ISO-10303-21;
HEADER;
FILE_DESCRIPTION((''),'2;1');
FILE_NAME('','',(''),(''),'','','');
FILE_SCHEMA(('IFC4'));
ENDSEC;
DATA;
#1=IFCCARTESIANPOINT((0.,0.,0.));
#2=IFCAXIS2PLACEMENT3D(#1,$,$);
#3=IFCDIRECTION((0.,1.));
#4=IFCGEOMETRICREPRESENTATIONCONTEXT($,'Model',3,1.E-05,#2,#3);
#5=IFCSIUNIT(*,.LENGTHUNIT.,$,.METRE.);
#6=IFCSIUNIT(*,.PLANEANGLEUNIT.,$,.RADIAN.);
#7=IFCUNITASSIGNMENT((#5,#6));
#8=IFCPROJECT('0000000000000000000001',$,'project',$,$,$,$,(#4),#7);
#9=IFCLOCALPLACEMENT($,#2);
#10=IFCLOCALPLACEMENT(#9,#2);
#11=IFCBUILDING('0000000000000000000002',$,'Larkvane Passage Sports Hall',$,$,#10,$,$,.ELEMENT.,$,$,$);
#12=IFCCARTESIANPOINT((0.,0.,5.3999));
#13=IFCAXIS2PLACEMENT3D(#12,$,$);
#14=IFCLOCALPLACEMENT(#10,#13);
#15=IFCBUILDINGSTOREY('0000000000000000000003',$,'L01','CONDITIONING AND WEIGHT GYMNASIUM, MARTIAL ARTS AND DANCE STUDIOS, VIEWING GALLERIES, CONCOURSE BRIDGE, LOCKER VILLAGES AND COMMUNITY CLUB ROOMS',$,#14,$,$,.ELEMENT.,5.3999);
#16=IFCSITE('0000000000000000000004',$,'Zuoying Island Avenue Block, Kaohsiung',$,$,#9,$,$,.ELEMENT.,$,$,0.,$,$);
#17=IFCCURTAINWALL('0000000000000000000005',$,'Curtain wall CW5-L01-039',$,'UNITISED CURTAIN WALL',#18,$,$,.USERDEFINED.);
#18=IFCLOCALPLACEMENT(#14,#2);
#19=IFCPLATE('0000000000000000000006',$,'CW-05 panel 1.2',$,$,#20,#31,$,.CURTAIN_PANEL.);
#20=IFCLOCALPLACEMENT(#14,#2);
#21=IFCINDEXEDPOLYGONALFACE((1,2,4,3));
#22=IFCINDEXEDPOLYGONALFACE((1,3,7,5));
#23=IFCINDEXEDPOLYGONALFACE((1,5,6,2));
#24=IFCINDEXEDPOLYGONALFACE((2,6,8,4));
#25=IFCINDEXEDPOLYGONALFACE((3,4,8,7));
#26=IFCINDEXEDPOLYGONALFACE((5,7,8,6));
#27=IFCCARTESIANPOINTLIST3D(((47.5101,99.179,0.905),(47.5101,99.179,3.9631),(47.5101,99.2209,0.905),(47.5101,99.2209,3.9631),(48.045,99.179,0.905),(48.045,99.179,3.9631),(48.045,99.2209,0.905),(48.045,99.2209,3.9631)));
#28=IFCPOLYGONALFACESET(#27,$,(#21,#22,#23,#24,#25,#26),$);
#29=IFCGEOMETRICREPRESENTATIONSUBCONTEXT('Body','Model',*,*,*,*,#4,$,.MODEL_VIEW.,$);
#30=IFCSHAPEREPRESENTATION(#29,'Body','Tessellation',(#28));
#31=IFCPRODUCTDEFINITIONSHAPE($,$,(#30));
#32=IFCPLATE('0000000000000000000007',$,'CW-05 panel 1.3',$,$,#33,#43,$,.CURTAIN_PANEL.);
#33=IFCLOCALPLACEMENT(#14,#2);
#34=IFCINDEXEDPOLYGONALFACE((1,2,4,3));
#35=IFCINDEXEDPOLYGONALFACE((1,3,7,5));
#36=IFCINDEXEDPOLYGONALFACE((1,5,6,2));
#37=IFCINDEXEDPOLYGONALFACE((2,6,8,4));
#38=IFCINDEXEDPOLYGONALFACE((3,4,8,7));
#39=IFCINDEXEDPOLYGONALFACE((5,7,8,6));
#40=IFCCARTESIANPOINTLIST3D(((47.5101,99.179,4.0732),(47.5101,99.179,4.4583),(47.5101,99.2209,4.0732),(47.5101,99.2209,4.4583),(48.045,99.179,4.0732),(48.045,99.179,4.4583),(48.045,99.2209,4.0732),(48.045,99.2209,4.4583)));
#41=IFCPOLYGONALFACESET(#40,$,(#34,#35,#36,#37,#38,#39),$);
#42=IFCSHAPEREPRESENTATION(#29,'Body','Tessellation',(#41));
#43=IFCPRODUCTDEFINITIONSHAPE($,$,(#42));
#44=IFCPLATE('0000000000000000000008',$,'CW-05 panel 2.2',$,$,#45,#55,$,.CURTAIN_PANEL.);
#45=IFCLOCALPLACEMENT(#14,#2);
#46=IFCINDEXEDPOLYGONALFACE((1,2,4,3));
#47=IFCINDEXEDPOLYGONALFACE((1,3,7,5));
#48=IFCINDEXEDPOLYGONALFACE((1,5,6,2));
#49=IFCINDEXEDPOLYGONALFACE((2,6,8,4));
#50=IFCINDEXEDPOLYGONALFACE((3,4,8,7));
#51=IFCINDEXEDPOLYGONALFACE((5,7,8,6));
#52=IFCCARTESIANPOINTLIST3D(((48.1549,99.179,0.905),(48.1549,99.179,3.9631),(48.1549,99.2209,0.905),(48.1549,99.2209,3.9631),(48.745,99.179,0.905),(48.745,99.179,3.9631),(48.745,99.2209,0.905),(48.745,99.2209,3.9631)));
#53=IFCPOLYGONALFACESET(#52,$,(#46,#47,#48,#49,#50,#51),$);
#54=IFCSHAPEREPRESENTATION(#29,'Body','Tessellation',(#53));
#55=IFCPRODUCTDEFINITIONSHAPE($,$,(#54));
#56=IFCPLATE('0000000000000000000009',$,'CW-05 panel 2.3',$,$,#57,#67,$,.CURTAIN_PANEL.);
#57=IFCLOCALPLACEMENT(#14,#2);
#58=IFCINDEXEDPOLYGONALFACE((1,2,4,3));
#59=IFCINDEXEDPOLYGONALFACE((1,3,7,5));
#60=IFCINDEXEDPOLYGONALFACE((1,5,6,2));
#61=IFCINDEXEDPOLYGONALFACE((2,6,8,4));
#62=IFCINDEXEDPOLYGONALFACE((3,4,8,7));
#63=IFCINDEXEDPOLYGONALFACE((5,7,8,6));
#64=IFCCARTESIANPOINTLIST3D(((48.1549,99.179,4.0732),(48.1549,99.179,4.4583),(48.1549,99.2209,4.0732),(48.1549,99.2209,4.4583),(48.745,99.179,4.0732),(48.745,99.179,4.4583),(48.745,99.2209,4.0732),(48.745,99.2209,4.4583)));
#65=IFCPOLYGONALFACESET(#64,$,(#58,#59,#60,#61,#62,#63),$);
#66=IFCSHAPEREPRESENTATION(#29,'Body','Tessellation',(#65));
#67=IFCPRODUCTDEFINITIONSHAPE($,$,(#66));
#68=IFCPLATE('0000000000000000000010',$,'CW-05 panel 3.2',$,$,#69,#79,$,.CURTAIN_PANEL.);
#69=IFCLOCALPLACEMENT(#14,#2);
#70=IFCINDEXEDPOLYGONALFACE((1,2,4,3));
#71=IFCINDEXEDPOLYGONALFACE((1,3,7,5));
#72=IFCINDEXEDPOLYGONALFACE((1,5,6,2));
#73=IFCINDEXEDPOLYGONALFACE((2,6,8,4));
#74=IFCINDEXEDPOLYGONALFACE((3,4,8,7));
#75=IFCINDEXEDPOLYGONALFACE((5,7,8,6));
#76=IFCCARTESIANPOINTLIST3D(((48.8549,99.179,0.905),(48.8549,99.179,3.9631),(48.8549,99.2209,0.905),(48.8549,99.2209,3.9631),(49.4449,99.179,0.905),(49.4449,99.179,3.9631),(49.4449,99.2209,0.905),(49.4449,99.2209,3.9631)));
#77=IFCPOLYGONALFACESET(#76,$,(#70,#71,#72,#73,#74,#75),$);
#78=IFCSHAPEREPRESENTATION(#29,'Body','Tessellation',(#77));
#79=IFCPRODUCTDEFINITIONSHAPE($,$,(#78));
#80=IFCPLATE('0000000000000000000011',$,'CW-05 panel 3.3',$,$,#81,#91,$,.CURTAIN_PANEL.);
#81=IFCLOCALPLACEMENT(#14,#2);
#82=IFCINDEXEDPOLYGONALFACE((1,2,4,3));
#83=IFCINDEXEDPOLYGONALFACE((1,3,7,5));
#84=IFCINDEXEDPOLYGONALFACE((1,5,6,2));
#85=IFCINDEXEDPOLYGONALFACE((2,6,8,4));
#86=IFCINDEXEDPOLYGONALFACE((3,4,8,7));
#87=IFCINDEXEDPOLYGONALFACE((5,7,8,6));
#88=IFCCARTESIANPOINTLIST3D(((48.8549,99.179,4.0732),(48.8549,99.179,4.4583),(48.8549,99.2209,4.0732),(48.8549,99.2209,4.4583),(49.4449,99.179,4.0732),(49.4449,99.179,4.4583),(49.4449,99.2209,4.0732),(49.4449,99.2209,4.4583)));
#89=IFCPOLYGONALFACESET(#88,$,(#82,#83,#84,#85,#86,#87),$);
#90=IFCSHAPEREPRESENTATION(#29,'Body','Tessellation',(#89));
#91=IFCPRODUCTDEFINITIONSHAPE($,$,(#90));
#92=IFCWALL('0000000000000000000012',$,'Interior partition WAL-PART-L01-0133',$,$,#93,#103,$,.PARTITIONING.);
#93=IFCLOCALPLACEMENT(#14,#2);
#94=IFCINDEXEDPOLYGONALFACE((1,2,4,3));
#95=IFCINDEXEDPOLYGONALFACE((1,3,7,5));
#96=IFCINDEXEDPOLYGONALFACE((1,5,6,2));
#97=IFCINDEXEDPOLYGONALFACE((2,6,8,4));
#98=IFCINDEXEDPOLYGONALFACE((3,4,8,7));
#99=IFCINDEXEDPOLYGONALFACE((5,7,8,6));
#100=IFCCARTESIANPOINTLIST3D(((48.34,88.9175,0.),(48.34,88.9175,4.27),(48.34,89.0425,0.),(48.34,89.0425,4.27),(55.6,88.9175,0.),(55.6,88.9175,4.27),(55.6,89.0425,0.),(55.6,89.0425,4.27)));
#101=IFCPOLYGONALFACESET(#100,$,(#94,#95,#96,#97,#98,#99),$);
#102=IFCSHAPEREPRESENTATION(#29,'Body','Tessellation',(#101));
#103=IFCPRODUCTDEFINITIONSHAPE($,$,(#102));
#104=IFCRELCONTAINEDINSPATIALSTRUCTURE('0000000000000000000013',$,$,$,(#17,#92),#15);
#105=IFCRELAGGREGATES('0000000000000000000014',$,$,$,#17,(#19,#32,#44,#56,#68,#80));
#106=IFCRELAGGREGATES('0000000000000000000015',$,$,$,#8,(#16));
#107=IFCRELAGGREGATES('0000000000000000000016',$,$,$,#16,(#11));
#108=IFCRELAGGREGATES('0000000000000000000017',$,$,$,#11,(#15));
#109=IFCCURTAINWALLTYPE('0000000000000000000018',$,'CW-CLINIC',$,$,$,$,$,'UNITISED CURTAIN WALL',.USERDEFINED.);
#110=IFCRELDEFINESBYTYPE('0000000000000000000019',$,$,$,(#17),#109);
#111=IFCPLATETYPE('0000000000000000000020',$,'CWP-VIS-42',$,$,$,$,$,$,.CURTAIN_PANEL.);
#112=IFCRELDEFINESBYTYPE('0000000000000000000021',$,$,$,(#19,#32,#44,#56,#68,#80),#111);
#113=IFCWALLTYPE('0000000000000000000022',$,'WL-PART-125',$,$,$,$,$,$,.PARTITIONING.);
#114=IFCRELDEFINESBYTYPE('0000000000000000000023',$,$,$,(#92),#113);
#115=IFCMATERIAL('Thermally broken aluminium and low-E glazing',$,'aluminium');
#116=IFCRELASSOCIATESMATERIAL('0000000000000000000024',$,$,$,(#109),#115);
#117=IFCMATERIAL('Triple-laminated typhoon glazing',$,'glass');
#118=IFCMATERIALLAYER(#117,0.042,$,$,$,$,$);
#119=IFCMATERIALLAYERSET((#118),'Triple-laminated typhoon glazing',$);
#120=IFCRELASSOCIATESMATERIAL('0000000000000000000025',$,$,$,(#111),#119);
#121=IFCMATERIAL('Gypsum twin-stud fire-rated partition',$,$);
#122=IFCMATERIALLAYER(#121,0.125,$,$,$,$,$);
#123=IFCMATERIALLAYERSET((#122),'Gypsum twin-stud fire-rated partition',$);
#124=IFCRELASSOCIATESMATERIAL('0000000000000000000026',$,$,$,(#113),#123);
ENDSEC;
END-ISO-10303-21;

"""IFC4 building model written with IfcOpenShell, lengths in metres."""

from ifc_helpers import new_model, si_unit, direction, frame, frame_2d, origin, origin_2d, place, context, subcontext, project, spatial, rectangle, extrude, material, layer, layer_set, type_object, element, aggregate, save


model = new_model("IFC4")

# Units and contexts
model_context = context("Model", 3, precision=1e-05, world=origin(), true_north=direction((0.0, 1.0)))
body_context = subcontext(model_context, "Body", "Model", "MODEL_VIEW")
ifc_project = project(units=[si_unit("LENGTHUNIT", "METRE"), si_unit("PLANEANGLEUNIT", "RADIAN")], contexts=[model_context])

# Site, building, storey
site_placement = place(None, origin())
site = spatial("IfcSite", under=ifc_project, at=site_placement, Name="Zuoying Island Avenue Block, Kaohsiung", CompositionType="ELEMENT", RefElevation=0.0)
building_placement = place(site_placement, origin())
building = spatial("IfcBuilding", under=site, at=building_placement, Name="Larkvane Passage Sports Hall", CompositionType="ELEMENT")
storey_placement = place(building_placement, frame((0.0, 0.0, 5.3999)))
storey = spatial("IfcBuildingStorey", under=building, at=storey_placement, Name="L01", Description="CONDITIONING AND WEIGHT GYMNASIUM, MARTIAL ARTS AND DANCE STUDIOS, VIEWING GALLERIES, CONCOURSE BRIDGE, LOCKER VILLAGES AND COMMUNITY CLUB ROOMS", CompositionType="ELEMENT", Elevation=5.3999)

# Curtain wall
ifc_material_1 = material(Name="Thermally broken aluminium and low-E glazing", Category="aluminium")
curtain_wall_type = type_object("IfcCurtainWallType", Name="CW-CLINIC", ElementType="UNITISED CURTAIN WALL", PredefinedType="USERDEFINED", material=ifc_material_1)
curtain_wall_placement = place(storey_placement, origin())
curtain_wall = element("IfcCurtainWall", 1, at=curtain_wall_placement, inside=storey, type_object=curtain_wall_type, Name="Curtain wall CW5-L01-039", ObjectType="UNITISED CURTAIN WALL", PredefinedType="USERDEFINED")

# Plates
ifc_material_2 = material(Name="Triple-laminated typhoon glazing", Category="glass")
ifc_layer_1 = layer(ifc_material_2, 0.042)
ifc_layer_set_1 = layer_set([ifc_layer_1], Name="Triple-laminated typhoon glazing")
plate_type_1 = type_object("IfcPlateType", Name="CWP-VIS-42", PredefinedType="CURTAIN_PANEL", material=ifc_layer_set_1)
plate_1_placement = place(storey_placement, frame((47.7776, 99.2, 0.905), z_axis=(0.0, 0.0, 1.0), x_axis=(1.0, 0.0, 0.0)))
plate_1 = element("IfcPlate", 2, at=plate_1_placement, type_object=plate_type_1, Name="CW-05 panel 1.2", PredefinedType="CURTAIN_PANEL", context=body_context, shape_type="SweptSolid", body=[
    extrude(rectangle(XDim=0.5349, YDim=0.042, at=origin_2d()), origin(), (0.0, 0.0, 1.0), 3.0581),
])
plate_2_placement = place(storey_placement, frame((47.7776, 99.2, 4.0732), z_axis=(0.0, 0.0, 1.0), x_axis=(1.0, 0.0, 0.0)))
plate_2 = element("IfcPlate", 3, at=plate_2_placement, type_object=plate_type_1, Name="CW-05 panel 1.3", PredefinedType="CURTAIN_PANEL", context=body_context, shape_type="SweptSolid", body=[
    extrude(rectangle(XDim=0.5349, YDim=0.042, at=origin_2d()), origin(), (0.0, 0.0, 1.0), 0.385),
])
plate_3_placement = place(storey_placement, frame((48.45, 99.2, 0.905), z_axis=(0.0, 0.0, 1.0), x_axis=(1.0, 0.0, 0.0)))
plate_3 = element("IfcPlate", 4, at=plate_3_placement, type_object=plate_type_1, Name="CW-05 panel 2.2", PredefinedType="CURTAIN_PANEL", context=body_context, shape_type="SweptSolid", body=[
    extrude(rectangle(XDim=0.5901, YDim=0.042, at=origin_2d()), origin(), (0.0, 0.0, 1.0), 3.0581),
])
plate_4_placement = place(storey_placement, frame((48.45, 99.2, 4.0732), z_axis=(0.0, 0.0, 1.0), x_axis=(1.0, 0.0, 0.0)))
plate_4 = element("IfcPlate", 5, at=plate_4_placement, type_object=plate_type_1, Name="CW-05 panel 2.3", PredefinedType="CURTAIN_PANEL", context=body_context, shape_type="SweptSolid", body=[
    extrude(rectangle(XDim=0.5901, YDim=0.042, at=origin_2d()), origin(), (0.0, 0.0, 1.0), 0.385),
])
plate_5_placement = place(storey_placement, frame((49.1499, 99.2, 0.905), z_axis=(0.0, 0.0, 1.0), x_axis=(1.0, 0.0, 0.0)))
plate_5 = element("IfcPlate", 6, at=plate_5_placement, type_object=plate_type_1, Name="CW-05 panel 3.2", PredefinedType="CURTAIN_PANEL", context=body_context, shape_type="SweptSolid", body=[
    extrude(rectangle(XDim=0.5901, YDim=0.042, at=origin_2d()), origin(), (0.0, 0.0, 1.0), 3.0581),
])
plate_6_placement = place(storey_placement, frame((49.1499, 99.2, 4.0732), z_axis=(0.0, 0.0, 1.0), x_axis=(1.0, 0.0, 0.0)))
plate_6 = element("IfcPlate", 7, at=plate_6_placement, type_object=plate_type_1, Name="CW-05 panel 3.3", PredefinedType="CURTAIN_PANEL", context=body_context, shape_type="SweptSolid", body=[
    extrude(rectangle(XDim=0.5901, YDim=0.042, at=origin_2d()), origin(), (0.0, 0.0, 1.0), 0.385),
])
aggregate(curtain_wall, [plate_1, plate_2, plate_3, plate_4, plate_5, plate_6])

# Wall
ifc_material_3 = material(Name="Gypsum twin-stud fire-rated partition")
ifc_layer_2 = layer(ifc_material_3, 0.125)
ifc_layer_set_2 = layer_set([ifc_layer_2], Name="Gypsum twin-stud fire-rated partition")
wall_type = type_object("IfcWallType", Name="WL-PART-125", PredefinedType="PARTITIONING", material=ifc_layer_set_2)
wall_placement = place(storey_placement, frame((48.3401, 88.98, 0.0), z_axis=(0.0, 0.0, 1.0), x_axis=(1.0, 0.0, 0.0)))
element("IfcWall", 8, at=wall_placement, inside=storey, type_object=wall_type, Name="Interior partition WAL-PART-L01-0133", PredefinedType="PARTITIONING", context=body_context, shape_type="SweptSolid", body=[
    extrude(rectangle(XDim=7.26, YDim=0.125, at=frame_2d((3.6299, 0.0))), origin(), (0.0, 0.0, 1.0), 4.27),
])

save(model, "model.ifc")
